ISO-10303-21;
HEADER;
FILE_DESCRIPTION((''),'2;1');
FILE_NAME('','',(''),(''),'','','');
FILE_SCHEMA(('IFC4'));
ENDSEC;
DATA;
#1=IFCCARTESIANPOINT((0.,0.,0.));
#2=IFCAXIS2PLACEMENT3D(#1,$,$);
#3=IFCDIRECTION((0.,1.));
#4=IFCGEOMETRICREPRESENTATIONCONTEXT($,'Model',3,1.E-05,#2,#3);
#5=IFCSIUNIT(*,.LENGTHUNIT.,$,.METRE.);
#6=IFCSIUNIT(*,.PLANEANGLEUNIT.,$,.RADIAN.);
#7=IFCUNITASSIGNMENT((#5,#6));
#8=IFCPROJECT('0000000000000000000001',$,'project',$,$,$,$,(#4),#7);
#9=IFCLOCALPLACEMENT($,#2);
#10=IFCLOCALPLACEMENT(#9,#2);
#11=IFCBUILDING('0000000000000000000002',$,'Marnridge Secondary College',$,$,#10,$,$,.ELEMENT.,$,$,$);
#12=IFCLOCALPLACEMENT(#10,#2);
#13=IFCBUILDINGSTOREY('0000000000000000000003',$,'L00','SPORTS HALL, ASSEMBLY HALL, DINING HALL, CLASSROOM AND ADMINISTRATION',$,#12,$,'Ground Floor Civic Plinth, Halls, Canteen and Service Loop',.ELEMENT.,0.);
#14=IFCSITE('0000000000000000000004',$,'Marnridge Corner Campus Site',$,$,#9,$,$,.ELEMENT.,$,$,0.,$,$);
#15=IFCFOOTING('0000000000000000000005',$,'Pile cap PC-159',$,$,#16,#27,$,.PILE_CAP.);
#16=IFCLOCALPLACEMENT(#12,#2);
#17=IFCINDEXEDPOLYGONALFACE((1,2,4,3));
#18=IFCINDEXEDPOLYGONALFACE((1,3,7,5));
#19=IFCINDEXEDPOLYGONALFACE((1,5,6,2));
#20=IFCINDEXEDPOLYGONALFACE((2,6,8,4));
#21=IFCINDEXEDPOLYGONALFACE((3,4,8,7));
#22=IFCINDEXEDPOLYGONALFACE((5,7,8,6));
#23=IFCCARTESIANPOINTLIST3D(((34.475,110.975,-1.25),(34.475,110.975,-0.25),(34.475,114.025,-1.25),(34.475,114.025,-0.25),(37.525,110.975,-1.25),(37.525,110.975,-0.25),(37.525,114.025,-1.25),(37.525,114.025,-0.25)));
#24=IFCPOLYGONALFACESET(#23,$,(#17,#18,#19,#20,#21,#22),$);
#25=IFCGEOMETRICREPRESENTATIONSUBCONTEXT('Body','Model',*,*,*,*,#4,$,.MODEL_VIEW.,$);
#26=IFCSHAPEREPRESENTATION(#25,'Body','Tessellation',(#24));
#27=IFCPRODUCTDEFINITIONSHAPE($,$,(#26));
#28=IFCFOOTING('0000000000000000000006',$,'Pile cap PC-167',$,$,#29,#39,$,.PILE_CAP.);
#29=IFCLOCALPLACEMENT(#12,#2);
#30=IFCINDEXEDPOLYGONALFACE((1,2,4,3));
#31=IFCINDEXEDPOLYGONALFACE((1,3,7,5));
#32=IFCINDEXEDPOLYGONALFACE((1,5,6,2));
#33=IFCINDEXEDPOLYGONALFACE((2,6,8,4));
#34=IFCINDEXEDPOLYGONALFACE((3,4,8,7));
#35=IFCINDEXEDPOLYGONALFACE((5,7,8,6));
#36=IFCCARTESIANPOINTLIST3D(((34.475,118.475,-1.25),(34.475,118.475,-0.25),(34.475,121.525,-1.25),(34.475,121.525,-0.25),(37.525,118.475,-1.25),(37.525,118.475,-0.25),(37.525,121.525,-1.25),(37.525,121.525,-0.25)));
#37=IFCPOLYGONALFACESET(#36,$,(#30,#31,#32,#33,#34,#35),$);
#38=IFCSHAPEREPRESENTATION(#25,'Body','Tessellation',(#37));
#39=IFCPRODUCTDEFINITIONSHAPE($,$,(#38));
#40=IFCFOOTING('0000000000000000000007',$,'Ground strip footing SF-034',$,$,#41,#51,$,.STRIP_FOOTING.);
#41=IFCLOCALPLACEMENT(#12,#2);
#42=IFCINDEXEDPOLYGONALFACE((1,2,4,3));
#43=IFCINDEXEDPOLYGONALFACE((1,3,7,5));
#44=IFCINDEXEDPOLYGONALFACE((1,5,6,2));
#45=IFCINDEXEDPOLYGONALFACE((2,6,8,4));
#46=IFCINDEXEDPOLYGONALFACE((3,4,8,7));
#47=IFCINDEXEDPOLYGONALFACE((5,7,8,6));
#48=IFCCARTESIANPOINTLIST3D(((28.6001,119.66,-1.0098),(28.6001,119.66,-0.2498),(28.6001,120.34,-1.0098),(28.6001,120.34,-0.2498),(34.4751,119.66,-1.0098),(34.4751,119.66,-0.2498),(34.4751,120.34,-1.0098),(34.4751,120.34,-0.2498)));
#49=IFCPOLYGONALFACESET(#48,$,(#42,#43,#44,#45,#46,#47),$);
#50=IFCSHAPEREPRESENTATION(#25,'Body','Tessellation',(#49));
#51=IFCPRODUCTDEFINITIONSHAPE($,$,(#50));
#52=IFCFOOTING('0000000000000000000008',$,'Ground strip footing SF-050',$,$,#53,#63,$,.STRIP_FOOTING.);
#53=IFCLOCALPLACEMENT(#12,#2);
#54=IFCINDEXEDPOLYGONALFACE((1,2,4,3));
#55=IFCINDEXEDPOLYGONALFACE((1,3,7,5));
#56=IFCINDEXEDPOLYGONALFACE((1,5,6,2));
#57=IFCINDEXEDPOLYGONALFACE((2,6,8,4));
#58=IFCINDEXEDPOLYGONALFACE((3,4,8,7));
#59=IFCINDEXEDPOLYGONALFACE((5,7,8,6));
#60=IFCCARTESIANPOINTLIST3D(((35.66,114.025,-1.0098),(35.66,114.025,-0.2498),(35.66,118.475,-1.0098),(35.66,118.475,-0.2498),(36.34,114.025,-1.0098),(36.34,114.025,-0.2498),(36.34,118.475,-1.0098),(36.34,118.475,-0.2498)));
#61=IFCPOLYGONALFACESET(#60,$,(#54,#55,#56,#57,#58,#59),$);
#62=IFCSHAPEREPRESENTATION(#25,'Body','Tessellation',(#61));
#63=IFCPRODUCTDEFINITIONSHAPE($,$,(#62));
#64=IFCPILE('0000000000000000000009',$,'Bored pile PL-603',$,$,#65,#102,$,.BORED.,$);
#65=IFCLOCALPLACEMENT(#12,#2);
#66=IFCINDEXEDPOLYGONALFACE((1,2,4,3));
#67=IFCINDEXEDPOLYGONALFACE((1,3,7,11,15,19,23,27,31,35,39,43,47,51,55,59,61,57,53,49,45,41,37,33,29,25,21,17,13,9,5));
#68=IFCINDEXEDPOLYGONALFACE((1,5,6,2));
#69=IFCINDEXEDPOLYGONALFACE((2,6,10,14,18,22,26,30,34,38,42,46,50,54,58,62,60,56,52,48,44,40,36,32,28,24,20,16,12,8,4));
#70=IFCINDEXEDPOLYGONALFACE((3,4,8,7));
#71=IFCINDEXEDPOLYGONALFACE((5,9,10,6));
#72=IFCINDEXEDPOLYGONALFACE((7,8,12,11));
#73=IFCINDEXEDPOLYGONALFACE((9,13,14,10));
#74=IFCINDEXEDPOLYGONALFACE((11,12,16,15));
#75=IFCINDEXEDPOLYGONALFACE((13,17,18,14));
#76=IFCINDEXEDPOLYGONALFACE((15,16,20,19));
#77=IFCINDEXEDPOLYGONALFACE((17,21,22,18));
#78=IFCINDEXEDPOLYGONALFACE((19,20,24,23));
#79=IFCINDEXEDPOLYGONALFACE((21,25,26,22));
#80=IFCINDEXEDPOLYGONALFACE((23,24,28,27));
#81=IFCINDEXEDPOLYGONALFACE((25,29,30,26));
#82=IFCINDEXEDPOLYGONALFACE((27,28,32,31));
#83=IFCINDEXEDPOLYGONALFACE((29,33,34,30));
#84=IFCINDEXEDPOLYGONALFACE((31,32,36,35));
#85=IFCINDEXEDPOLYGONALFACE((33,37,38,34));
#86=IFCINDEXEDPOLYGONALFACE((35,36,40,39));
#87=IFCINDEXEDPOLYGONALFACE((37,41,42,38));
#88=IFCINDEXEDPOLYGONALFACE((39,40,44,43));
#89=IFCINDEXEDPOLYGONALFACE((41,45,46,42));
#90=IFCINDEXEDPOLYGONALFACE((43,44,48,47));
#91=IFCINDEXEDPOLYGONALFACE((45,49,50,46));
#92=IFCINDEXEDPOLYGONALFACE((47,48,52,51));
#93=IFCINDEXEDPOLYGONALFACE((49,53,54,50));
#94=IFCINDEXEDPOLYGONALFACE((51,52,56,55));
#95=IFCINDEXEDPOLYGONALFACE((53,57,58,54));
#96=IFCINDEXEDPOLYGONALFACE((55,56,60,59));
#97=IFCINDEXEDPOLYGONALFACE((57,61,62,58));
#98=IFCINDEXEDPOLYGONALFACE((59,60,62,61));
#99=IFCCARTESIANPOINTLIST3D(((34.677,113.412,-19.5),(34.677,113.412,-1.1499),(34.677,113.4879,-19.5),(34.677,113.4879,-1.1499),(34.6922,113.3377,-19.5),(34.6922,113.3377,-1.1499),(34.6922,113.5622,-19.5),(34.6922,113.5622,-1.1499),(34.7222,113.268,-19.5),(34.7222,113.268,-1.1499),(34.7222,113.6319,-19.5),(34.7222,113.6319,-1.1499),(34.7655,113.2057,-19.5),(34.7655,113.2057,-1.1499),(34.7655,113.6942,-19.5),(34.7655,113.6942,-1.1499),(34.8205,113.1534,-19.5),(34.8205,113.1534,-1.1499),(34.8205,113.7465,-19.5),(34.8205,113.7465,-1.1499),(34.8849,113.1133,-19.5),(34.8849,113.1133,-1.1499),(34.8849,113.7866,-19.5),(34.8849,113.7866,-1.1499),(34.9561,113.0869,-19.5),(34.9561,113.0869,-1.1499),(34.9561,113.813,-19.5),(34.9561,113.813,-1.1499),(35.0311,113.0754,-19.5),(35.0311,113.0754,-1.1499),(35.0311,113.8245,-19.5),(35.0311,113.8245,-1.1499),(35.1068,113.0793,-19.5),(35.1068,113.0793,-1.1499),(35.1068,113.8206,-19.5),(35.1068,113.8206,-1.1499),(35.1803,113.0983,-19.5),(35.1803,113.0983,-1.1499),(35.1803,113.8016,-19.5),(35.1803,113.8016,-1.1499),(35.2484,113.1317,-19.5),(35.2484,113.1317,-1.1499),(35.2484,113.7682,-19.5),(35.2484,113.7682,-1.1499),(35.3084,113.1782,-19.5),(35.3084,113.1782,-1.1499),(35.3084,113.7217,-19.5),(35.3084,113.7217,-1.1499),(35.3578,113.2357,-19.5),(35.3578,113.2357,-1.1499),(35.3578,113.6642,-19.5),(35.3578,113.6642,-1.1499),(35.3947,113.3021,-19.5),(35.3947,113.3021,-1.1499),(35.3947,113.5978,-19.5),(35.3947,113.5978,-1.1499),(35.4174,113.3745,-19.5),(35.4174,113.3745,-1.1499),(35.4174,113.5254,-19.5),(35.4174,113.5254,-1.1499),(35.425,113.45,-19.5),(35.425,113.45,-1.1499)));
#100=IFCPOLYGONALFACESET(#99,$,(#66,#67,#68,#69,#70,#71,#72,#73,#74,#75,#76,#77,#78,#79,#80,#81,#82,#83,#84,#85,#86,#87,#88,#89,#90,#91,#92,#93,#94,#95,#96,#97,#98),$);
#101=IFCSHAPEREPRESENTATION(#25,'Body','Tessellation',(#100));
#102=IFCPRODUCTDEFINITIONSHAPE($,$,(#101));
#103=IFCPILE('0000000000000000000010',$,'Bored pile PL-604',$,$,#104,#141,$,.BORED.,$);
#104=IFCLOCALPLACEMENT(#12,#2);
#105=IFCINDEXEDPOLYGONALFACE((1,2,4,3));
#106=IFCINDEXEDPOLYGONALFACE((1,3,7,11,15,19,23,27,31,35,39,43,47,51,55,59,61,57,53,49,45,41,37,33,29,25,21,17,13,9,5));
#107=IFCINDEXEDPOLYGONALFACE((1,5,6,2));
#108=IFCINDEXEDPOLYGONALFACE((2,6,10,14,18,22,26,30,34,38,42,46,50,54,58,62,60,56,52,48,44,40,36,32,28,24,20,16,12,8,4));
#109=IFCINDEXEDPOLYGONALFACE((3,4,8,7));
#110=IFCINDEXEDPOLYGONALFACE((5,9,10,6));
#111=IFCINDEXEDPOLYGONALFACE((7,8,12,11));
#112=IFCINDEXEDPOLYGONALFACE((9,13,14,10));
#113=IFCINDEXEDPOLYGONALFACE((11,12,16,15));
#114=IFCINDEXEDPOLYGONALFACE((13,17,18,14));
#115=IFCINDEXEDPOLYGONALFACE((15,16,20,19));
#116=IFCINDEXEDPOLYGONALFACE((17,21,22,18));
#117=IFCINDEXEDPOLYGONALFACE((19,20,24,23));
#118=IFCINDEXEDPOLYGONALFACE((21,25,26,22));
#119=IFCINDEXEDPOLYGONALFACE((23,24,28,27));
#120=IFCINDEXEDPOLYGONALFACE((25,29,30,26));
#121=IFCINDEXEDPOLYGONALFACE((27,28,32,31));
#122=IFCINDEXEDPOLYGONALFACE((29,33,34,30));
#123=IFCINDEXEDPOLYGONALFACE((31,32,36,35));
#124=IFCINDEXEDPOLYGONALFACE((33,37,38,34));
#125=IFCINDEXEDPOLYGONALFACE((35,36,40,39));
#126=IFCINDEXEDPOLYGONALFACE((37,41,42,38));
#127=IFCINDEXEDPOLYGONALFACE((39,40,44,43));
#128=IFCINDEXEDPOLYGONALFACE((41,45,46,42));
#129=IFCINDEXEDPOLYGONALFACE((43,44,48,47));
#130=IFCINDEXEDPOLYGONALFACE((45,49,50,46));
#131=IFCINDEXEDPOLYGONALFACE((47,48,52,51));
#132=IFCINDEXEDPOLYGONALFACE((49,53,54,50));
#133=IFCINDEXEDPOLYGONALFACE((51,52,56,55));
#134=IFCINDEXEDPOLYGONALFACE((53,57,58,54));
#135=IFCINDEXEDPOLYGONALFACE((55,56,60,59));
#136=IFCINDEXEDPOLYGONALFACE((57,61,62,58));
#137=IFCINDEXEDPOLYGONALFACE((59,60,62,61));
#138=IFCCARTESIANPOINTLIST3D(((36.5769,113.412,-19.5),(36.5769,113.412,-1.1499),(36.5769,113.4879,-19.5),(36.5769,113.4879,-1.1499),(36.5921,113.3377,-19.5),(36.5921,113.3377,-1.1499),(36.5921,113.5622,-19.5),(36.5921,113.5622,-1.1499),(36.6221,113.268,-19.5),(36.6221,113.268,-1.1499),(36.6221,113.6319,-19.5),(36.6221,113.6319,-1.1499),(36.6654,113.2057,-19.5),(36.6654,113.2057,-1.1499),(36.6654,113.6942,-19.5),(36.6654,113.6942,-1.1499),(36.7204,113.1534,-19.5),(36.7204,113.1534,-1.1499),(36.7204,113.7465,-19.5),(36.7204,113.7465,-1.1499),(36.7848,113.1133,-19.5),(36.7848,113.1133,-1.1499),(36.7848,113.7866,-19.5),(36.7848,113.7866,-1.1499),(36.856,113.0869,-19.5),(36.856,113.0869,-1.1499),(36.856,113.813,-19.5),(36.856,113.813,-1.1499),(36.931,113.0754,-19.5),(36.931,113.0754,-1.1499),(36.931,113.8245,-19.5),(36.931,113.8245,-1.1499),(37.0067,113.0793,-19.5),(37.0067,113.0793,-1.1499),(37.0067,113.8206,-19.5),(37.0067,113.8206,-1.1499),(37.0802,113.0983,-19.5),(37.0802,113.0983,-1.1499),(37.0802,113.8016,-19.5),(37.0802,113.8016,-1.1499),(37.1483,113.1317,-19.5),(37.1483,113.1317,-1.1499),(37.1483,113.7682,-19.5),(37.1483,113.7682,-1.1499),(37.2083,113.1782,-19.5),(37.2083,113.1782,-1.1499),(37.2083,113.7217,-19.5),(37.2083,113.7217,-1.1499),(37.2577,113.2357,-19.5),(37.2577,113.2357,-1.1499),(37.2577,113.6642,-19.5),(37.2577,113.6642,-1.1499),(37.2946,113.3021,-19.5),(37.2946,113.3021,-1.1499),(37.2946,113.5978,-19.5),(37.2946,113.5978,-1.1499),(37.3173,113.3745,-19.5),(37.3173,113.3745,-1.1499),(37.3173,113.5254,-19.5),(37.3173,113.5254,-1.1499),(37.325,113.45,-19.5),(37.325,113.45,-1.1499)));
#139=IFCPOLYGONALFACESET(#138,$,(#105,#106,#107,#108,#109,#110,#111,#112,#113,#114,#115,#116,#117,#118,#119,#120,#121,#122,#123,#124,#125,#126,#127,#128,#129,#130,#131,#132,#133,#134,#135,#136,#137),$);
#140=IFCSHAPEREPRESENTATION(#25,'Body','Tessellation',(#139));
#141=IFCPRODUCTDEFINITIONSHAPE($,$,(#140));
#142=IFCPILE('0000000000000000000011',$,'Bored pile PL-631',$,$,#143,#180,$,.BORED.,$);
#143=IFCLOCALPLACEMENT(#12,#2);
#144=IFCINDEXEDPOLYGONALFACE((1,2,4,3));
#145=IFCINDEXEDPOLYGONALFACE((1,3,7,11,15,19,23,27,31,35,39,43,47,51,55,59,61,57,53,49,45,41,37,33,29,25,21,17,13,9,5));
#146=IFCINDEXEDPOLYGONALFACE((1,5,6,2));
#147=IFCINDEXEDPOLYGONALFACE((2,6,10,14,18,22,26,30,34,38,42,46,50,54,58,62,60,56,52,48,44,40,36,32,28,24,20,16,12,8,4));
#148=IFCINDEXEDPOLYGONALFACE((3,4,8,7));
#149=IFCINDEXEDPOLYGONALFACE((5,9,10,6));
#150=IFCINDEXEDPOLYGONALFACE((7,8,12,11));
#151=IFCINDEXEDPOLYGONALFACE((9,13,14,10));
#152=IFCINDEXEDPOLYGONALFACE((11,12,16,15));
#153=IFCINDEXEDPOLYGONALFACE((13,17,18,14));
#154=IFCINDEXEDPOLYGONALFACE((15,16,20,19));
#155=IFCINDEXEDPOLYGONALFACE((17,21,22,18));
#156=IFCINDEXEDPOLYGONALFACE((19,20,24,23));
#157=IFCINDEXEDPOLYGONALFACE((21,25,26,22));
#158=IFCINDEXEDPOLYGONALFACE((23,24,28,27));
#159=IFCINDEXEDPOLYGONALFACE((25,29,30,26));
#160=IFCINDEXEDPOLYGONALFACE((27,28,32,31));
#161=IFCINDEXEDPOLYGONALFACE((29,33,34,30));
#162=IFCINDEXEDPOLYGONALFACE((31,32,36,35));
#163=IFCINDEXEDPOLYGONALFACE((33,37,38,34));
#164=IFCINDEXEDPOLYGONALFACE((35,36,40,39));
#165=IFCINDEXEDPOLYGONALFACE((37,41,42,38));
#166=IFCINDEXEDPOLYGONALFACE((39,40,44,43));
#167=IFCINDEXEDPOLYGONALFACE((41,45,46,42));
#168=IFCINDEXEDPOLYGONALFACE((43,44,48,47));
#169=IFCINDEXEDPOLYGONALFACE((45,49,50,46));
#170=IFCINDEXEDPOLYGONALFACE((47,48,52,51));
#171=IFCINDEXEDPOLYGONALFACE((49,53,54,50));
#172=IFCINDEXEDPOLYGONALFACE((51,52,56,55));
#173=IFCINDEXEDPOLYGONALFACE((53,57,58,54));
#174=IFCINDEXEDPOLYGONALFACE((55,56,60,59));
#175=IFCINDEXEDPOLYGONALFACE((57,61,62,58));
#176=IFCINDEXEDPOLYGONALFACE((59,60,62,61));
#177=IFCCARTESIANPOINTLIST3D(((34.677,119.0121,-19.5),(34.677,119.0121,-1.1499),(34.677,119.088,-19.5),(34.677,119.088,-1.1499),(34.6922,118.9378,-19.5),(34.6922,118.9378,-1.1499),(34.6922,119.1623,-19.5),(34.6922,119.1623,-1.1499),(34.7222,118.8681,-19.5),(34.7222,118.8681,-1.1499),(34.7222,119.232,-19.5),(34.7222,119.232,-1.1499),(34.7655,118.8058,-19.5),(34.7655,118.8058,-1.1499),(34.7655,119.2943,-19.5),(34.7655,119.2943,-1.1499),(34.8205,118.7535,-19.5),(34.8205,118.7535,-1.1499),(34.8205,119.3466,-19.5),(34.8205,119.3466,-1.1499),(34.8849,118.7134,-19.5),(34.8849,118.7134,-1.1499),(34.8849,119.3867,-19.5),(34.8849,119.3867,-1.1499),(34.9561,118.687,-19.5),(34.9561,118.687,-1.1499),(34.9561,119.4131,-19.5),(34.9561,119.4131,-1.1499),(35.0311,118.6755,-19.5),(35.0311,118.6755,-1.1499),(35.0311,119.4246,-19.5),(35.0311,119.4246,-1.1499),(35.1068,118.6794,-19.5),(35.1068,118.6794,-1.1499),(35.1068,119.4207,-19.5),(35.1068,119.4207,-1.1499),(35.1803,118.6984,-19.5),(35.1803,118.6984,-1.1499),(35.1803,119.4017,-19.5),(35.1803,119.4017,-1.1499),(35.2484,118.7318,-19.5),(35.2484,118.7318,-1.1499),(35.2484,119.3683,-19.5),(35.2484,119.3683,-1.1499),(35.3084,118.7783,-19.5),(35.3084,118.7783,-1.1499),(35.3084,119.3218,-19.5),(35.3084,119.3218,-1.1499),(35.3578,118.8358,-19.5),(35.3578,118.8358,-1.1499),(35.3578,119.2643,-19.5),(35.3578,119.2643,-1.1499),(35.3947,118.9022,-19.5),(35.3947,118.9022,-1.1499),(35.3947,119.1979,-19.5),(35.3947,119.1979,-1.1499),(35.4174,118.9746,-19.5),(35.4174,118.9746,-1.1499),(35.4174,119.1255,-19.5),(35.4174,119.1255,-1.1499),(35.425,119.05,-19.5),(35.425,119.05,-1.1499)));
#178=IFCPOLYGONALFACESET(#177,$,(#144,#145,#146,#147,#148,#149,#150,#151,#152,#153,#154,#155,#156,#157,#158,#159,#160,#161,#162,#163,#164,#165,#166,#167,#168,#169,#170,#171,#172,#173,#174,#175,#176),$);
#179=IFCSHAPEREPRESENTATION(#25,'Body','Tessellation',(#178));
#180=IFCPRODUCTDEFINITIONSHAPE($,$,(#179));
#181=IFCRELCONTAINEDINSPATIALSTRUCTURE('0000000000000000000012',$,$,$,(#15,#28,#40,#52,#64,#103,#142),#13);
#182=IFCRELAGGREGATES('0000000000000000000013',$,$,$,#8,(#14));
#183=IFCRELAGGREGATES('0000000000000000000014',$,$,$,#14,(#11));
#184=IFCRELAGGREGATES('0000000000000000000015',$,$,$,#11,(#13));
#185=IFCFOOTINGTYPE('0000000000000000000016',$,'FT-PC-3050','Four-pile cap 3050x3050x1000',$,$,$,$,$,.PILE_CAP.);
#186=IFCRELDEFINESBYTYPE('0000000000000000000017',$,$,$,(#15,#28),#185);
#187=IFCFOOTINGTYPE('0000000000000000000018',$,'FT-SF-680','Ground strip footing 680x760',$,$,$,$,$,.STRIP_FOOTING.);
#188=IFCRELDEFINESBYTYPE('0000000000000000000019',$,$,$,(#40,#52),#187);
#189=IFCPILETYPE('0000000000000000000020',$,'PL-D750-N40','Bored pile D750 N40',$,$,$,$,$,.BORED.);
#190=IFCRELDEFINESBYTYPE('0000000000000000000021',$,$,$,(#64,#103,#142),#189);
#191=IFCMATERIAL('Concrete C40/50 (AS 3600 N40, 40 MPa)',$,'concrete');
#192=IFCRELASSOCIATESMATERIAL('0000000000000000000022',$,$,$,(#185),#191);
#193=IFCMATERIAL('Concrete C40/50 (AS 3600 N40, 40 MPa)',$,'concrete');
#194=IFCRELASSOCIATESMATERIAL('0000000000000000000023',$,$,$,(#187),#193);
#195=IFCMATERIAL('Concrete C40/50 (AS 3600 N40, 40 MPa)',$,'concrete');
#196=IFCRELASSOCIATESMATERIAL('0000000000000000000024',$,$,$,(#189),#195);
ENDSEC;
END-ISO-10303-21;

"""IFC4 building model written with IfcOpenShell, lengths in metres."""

from ifc_helpers import new_model, si_unit, direction, frame, origin, origin_2d, place, context, subcontext, project, spatial, rectangle, circle, extrude, material, material_profile, profile_set, type_object, element, save


model = new_model("IFC4")

# Units and contexts
model_context = context("Model", 3, precision=1e-05, world=origin(), true_north=direction((0.0, 1.0)))
body_context = subcontext(model_context, "Body", "Model", "MODEL_VIEW")
ifc_project = project(units=[si_unit("LENGTHUNIT", "METRE"), si_unit("PLANEANGLEUNIT", "RADIAN")], contexts=[model_context])

# Site, building, storey
site_placement = place(None, origin())
site = spatial("IfcSite", under=ifc_project, at=site_placement, Name="Marnridge Corner Campus Site", CompositionType="ELEMENT", RefElevation=0.0)
building_placement = place(site_placement, origin())
building = spatial("IfcBuilding", under=site, at=building_placement, Name="Marnridge Secondary College", CompositionType="ELEMENT")
storey_placement = place(building_placement, origin())
storey = spatial("IfcBuildingStorey", under=building, at=storey_placement, Name="L00", Description="SPORTS HALL, ASSEMBLY HALL, DINING HALL, CLASSROOM AND ADMINISTRATION", LongName="Ground Floor Civic Plinth, Halls, Canteen and Service Loop", CompositionType="ELEMENT", Elevation=0.0)

# Footings
ifc_material_1 = material(Name="Concrete C40/50 (AS 3600 N40, 40 MPa)", Category="concrete")
footing_type_1 = type_object("IfcFootingType", Name="FT-PC-3050", Description="Four-pile cap 3050x3050x1000", PredefinedType="PILE_CAP", material=ifc_material_1)
for number, where, z_axis, x_axis, name in (
    (1, (36.0, 112.5, -1.25), (0.0, 0.0, 1.0), (1.0, 0.0, 0.0), "Pile cap PC-159"),
    (2, (36.0, 120.0, -1.25), (0.0, 0.0, 1.0), (1.0, 0.0, 0.0), "Pile cap PC-167"),
):
    element("IfcFooting", number, at=place(storey_placement, frame(where, z_axis=z_axis, x_axis=x_axis)), inside=storey, type_object=footing_type_1, Name=name, PredefinedType="PILE_CAP", context=body_context, shape_type="SweptSolid", body=[
        extrude(rectangle(XDim=3.05, YDim=3.05, at=origin_2d()), origin(), (0.0, 0.0, 1.0), 1.0),
    ])
ifc_material_2 = material(Name="Concrete C40/50 (AS 3600 N40, 40 MPa)", Category="concrete")
footing_type_2 = type_object("IfcFootingType", Name="FT-SF-680", Description="Ground strip footing 680x760", PredefinedType="STRIP_FOOTING", material=ifc_material_2)
footing_1_placement = place(storey_placement, frame((31.5376, 120.0, -1.0098), z_axis=(0.0, 0.0, 1.0), x_axis=(1.0, 0.0, 0.0)))
element("IfcFooting", 3, at=footing_1_placement, inside=storey, type_object=footing_type_2, Name="Ground strip footing SF-034", PredefinedType="STRIP_FOOTING", context=body_context, shape_type="SweptSolid", body=[
    extrude(rectangle(XDim=5.875, YDim=0.6799, at=origin_2d()), origin(), (0.0, 0.0, 1.0), 0.76),
])
footing_2_placement = place(storey_placement, frame((36.0, 116.25, -1.0098), z_axis=(0.0, 0.0, 1.0), x_axis=(1.0, 0.0, 0.0)))
element("IfcFooting", 4, at=footing_2_placement, inside=storey, type_object=footing_type_2, Name="Ground strip footing SF-050", PredefinedType="STRIP_FOOTING", context=body_context, shape_type="SweptSolid", body=[
    extrude(rectangle(XDim=0.6799, YDim=4.45, at=origin_2d()), origin(), (0.0, 0.0, 1.0), 0.76),
])

# Piles
ifc_material_3 = material(Name="Concrete C40/50 (AS 3600 N40, 40 MPa)", Category="concrete")
ifc_material_profile_1 = material_profile(ifc_material_3, circle(Radius=0.375, at=origin_2d()), Name="PILE D750")
ifc_profile_set_1 = profile_set([ifc_material_profile_1], Name="Concrete C40/50 (AS 3600 N40, 40 MPa)")
pile_type = type_object("IfcPileType", Name="PL-D750-N40", Description="Bored pile D750 N40", PredefinedType="BORED", material=ifc_profile_set_1)
for number, where, z_axis, x_axis, name in (
    (5, (35.05, 113.45, -1.1499), (0.0, 0.0, -1.0), (1.0, 0.0, 0.0), "Bored pile PL-603"),
    (6, (36.95, 113.45, -1.1499), (0.0, 0.0, -1.0), (1.0, 0.0, 0.0), "Bored pile PL-604"),
    (7, (35.05, 119.05, -1.1499), (0.0, 0.0, -1.0), (1.0, 0.0, 0.0), "Bored pile PL-631"),
):
    element("IfcPile", number, at=place(storey_placement, frame(where, z_axis=z_axis, x_axis=x_axis)), inside=storey, type_object=pile_type, Name=name, PredefinedType="BORED", context=body_context, shape_type="SweptSolid", body=[
        extrude(circle(Radius=0.375, at=origin_2d()), origin(), (0.0, 0.0, 1.0), 18.3501),
    ])

save(model, "model.ifc")
